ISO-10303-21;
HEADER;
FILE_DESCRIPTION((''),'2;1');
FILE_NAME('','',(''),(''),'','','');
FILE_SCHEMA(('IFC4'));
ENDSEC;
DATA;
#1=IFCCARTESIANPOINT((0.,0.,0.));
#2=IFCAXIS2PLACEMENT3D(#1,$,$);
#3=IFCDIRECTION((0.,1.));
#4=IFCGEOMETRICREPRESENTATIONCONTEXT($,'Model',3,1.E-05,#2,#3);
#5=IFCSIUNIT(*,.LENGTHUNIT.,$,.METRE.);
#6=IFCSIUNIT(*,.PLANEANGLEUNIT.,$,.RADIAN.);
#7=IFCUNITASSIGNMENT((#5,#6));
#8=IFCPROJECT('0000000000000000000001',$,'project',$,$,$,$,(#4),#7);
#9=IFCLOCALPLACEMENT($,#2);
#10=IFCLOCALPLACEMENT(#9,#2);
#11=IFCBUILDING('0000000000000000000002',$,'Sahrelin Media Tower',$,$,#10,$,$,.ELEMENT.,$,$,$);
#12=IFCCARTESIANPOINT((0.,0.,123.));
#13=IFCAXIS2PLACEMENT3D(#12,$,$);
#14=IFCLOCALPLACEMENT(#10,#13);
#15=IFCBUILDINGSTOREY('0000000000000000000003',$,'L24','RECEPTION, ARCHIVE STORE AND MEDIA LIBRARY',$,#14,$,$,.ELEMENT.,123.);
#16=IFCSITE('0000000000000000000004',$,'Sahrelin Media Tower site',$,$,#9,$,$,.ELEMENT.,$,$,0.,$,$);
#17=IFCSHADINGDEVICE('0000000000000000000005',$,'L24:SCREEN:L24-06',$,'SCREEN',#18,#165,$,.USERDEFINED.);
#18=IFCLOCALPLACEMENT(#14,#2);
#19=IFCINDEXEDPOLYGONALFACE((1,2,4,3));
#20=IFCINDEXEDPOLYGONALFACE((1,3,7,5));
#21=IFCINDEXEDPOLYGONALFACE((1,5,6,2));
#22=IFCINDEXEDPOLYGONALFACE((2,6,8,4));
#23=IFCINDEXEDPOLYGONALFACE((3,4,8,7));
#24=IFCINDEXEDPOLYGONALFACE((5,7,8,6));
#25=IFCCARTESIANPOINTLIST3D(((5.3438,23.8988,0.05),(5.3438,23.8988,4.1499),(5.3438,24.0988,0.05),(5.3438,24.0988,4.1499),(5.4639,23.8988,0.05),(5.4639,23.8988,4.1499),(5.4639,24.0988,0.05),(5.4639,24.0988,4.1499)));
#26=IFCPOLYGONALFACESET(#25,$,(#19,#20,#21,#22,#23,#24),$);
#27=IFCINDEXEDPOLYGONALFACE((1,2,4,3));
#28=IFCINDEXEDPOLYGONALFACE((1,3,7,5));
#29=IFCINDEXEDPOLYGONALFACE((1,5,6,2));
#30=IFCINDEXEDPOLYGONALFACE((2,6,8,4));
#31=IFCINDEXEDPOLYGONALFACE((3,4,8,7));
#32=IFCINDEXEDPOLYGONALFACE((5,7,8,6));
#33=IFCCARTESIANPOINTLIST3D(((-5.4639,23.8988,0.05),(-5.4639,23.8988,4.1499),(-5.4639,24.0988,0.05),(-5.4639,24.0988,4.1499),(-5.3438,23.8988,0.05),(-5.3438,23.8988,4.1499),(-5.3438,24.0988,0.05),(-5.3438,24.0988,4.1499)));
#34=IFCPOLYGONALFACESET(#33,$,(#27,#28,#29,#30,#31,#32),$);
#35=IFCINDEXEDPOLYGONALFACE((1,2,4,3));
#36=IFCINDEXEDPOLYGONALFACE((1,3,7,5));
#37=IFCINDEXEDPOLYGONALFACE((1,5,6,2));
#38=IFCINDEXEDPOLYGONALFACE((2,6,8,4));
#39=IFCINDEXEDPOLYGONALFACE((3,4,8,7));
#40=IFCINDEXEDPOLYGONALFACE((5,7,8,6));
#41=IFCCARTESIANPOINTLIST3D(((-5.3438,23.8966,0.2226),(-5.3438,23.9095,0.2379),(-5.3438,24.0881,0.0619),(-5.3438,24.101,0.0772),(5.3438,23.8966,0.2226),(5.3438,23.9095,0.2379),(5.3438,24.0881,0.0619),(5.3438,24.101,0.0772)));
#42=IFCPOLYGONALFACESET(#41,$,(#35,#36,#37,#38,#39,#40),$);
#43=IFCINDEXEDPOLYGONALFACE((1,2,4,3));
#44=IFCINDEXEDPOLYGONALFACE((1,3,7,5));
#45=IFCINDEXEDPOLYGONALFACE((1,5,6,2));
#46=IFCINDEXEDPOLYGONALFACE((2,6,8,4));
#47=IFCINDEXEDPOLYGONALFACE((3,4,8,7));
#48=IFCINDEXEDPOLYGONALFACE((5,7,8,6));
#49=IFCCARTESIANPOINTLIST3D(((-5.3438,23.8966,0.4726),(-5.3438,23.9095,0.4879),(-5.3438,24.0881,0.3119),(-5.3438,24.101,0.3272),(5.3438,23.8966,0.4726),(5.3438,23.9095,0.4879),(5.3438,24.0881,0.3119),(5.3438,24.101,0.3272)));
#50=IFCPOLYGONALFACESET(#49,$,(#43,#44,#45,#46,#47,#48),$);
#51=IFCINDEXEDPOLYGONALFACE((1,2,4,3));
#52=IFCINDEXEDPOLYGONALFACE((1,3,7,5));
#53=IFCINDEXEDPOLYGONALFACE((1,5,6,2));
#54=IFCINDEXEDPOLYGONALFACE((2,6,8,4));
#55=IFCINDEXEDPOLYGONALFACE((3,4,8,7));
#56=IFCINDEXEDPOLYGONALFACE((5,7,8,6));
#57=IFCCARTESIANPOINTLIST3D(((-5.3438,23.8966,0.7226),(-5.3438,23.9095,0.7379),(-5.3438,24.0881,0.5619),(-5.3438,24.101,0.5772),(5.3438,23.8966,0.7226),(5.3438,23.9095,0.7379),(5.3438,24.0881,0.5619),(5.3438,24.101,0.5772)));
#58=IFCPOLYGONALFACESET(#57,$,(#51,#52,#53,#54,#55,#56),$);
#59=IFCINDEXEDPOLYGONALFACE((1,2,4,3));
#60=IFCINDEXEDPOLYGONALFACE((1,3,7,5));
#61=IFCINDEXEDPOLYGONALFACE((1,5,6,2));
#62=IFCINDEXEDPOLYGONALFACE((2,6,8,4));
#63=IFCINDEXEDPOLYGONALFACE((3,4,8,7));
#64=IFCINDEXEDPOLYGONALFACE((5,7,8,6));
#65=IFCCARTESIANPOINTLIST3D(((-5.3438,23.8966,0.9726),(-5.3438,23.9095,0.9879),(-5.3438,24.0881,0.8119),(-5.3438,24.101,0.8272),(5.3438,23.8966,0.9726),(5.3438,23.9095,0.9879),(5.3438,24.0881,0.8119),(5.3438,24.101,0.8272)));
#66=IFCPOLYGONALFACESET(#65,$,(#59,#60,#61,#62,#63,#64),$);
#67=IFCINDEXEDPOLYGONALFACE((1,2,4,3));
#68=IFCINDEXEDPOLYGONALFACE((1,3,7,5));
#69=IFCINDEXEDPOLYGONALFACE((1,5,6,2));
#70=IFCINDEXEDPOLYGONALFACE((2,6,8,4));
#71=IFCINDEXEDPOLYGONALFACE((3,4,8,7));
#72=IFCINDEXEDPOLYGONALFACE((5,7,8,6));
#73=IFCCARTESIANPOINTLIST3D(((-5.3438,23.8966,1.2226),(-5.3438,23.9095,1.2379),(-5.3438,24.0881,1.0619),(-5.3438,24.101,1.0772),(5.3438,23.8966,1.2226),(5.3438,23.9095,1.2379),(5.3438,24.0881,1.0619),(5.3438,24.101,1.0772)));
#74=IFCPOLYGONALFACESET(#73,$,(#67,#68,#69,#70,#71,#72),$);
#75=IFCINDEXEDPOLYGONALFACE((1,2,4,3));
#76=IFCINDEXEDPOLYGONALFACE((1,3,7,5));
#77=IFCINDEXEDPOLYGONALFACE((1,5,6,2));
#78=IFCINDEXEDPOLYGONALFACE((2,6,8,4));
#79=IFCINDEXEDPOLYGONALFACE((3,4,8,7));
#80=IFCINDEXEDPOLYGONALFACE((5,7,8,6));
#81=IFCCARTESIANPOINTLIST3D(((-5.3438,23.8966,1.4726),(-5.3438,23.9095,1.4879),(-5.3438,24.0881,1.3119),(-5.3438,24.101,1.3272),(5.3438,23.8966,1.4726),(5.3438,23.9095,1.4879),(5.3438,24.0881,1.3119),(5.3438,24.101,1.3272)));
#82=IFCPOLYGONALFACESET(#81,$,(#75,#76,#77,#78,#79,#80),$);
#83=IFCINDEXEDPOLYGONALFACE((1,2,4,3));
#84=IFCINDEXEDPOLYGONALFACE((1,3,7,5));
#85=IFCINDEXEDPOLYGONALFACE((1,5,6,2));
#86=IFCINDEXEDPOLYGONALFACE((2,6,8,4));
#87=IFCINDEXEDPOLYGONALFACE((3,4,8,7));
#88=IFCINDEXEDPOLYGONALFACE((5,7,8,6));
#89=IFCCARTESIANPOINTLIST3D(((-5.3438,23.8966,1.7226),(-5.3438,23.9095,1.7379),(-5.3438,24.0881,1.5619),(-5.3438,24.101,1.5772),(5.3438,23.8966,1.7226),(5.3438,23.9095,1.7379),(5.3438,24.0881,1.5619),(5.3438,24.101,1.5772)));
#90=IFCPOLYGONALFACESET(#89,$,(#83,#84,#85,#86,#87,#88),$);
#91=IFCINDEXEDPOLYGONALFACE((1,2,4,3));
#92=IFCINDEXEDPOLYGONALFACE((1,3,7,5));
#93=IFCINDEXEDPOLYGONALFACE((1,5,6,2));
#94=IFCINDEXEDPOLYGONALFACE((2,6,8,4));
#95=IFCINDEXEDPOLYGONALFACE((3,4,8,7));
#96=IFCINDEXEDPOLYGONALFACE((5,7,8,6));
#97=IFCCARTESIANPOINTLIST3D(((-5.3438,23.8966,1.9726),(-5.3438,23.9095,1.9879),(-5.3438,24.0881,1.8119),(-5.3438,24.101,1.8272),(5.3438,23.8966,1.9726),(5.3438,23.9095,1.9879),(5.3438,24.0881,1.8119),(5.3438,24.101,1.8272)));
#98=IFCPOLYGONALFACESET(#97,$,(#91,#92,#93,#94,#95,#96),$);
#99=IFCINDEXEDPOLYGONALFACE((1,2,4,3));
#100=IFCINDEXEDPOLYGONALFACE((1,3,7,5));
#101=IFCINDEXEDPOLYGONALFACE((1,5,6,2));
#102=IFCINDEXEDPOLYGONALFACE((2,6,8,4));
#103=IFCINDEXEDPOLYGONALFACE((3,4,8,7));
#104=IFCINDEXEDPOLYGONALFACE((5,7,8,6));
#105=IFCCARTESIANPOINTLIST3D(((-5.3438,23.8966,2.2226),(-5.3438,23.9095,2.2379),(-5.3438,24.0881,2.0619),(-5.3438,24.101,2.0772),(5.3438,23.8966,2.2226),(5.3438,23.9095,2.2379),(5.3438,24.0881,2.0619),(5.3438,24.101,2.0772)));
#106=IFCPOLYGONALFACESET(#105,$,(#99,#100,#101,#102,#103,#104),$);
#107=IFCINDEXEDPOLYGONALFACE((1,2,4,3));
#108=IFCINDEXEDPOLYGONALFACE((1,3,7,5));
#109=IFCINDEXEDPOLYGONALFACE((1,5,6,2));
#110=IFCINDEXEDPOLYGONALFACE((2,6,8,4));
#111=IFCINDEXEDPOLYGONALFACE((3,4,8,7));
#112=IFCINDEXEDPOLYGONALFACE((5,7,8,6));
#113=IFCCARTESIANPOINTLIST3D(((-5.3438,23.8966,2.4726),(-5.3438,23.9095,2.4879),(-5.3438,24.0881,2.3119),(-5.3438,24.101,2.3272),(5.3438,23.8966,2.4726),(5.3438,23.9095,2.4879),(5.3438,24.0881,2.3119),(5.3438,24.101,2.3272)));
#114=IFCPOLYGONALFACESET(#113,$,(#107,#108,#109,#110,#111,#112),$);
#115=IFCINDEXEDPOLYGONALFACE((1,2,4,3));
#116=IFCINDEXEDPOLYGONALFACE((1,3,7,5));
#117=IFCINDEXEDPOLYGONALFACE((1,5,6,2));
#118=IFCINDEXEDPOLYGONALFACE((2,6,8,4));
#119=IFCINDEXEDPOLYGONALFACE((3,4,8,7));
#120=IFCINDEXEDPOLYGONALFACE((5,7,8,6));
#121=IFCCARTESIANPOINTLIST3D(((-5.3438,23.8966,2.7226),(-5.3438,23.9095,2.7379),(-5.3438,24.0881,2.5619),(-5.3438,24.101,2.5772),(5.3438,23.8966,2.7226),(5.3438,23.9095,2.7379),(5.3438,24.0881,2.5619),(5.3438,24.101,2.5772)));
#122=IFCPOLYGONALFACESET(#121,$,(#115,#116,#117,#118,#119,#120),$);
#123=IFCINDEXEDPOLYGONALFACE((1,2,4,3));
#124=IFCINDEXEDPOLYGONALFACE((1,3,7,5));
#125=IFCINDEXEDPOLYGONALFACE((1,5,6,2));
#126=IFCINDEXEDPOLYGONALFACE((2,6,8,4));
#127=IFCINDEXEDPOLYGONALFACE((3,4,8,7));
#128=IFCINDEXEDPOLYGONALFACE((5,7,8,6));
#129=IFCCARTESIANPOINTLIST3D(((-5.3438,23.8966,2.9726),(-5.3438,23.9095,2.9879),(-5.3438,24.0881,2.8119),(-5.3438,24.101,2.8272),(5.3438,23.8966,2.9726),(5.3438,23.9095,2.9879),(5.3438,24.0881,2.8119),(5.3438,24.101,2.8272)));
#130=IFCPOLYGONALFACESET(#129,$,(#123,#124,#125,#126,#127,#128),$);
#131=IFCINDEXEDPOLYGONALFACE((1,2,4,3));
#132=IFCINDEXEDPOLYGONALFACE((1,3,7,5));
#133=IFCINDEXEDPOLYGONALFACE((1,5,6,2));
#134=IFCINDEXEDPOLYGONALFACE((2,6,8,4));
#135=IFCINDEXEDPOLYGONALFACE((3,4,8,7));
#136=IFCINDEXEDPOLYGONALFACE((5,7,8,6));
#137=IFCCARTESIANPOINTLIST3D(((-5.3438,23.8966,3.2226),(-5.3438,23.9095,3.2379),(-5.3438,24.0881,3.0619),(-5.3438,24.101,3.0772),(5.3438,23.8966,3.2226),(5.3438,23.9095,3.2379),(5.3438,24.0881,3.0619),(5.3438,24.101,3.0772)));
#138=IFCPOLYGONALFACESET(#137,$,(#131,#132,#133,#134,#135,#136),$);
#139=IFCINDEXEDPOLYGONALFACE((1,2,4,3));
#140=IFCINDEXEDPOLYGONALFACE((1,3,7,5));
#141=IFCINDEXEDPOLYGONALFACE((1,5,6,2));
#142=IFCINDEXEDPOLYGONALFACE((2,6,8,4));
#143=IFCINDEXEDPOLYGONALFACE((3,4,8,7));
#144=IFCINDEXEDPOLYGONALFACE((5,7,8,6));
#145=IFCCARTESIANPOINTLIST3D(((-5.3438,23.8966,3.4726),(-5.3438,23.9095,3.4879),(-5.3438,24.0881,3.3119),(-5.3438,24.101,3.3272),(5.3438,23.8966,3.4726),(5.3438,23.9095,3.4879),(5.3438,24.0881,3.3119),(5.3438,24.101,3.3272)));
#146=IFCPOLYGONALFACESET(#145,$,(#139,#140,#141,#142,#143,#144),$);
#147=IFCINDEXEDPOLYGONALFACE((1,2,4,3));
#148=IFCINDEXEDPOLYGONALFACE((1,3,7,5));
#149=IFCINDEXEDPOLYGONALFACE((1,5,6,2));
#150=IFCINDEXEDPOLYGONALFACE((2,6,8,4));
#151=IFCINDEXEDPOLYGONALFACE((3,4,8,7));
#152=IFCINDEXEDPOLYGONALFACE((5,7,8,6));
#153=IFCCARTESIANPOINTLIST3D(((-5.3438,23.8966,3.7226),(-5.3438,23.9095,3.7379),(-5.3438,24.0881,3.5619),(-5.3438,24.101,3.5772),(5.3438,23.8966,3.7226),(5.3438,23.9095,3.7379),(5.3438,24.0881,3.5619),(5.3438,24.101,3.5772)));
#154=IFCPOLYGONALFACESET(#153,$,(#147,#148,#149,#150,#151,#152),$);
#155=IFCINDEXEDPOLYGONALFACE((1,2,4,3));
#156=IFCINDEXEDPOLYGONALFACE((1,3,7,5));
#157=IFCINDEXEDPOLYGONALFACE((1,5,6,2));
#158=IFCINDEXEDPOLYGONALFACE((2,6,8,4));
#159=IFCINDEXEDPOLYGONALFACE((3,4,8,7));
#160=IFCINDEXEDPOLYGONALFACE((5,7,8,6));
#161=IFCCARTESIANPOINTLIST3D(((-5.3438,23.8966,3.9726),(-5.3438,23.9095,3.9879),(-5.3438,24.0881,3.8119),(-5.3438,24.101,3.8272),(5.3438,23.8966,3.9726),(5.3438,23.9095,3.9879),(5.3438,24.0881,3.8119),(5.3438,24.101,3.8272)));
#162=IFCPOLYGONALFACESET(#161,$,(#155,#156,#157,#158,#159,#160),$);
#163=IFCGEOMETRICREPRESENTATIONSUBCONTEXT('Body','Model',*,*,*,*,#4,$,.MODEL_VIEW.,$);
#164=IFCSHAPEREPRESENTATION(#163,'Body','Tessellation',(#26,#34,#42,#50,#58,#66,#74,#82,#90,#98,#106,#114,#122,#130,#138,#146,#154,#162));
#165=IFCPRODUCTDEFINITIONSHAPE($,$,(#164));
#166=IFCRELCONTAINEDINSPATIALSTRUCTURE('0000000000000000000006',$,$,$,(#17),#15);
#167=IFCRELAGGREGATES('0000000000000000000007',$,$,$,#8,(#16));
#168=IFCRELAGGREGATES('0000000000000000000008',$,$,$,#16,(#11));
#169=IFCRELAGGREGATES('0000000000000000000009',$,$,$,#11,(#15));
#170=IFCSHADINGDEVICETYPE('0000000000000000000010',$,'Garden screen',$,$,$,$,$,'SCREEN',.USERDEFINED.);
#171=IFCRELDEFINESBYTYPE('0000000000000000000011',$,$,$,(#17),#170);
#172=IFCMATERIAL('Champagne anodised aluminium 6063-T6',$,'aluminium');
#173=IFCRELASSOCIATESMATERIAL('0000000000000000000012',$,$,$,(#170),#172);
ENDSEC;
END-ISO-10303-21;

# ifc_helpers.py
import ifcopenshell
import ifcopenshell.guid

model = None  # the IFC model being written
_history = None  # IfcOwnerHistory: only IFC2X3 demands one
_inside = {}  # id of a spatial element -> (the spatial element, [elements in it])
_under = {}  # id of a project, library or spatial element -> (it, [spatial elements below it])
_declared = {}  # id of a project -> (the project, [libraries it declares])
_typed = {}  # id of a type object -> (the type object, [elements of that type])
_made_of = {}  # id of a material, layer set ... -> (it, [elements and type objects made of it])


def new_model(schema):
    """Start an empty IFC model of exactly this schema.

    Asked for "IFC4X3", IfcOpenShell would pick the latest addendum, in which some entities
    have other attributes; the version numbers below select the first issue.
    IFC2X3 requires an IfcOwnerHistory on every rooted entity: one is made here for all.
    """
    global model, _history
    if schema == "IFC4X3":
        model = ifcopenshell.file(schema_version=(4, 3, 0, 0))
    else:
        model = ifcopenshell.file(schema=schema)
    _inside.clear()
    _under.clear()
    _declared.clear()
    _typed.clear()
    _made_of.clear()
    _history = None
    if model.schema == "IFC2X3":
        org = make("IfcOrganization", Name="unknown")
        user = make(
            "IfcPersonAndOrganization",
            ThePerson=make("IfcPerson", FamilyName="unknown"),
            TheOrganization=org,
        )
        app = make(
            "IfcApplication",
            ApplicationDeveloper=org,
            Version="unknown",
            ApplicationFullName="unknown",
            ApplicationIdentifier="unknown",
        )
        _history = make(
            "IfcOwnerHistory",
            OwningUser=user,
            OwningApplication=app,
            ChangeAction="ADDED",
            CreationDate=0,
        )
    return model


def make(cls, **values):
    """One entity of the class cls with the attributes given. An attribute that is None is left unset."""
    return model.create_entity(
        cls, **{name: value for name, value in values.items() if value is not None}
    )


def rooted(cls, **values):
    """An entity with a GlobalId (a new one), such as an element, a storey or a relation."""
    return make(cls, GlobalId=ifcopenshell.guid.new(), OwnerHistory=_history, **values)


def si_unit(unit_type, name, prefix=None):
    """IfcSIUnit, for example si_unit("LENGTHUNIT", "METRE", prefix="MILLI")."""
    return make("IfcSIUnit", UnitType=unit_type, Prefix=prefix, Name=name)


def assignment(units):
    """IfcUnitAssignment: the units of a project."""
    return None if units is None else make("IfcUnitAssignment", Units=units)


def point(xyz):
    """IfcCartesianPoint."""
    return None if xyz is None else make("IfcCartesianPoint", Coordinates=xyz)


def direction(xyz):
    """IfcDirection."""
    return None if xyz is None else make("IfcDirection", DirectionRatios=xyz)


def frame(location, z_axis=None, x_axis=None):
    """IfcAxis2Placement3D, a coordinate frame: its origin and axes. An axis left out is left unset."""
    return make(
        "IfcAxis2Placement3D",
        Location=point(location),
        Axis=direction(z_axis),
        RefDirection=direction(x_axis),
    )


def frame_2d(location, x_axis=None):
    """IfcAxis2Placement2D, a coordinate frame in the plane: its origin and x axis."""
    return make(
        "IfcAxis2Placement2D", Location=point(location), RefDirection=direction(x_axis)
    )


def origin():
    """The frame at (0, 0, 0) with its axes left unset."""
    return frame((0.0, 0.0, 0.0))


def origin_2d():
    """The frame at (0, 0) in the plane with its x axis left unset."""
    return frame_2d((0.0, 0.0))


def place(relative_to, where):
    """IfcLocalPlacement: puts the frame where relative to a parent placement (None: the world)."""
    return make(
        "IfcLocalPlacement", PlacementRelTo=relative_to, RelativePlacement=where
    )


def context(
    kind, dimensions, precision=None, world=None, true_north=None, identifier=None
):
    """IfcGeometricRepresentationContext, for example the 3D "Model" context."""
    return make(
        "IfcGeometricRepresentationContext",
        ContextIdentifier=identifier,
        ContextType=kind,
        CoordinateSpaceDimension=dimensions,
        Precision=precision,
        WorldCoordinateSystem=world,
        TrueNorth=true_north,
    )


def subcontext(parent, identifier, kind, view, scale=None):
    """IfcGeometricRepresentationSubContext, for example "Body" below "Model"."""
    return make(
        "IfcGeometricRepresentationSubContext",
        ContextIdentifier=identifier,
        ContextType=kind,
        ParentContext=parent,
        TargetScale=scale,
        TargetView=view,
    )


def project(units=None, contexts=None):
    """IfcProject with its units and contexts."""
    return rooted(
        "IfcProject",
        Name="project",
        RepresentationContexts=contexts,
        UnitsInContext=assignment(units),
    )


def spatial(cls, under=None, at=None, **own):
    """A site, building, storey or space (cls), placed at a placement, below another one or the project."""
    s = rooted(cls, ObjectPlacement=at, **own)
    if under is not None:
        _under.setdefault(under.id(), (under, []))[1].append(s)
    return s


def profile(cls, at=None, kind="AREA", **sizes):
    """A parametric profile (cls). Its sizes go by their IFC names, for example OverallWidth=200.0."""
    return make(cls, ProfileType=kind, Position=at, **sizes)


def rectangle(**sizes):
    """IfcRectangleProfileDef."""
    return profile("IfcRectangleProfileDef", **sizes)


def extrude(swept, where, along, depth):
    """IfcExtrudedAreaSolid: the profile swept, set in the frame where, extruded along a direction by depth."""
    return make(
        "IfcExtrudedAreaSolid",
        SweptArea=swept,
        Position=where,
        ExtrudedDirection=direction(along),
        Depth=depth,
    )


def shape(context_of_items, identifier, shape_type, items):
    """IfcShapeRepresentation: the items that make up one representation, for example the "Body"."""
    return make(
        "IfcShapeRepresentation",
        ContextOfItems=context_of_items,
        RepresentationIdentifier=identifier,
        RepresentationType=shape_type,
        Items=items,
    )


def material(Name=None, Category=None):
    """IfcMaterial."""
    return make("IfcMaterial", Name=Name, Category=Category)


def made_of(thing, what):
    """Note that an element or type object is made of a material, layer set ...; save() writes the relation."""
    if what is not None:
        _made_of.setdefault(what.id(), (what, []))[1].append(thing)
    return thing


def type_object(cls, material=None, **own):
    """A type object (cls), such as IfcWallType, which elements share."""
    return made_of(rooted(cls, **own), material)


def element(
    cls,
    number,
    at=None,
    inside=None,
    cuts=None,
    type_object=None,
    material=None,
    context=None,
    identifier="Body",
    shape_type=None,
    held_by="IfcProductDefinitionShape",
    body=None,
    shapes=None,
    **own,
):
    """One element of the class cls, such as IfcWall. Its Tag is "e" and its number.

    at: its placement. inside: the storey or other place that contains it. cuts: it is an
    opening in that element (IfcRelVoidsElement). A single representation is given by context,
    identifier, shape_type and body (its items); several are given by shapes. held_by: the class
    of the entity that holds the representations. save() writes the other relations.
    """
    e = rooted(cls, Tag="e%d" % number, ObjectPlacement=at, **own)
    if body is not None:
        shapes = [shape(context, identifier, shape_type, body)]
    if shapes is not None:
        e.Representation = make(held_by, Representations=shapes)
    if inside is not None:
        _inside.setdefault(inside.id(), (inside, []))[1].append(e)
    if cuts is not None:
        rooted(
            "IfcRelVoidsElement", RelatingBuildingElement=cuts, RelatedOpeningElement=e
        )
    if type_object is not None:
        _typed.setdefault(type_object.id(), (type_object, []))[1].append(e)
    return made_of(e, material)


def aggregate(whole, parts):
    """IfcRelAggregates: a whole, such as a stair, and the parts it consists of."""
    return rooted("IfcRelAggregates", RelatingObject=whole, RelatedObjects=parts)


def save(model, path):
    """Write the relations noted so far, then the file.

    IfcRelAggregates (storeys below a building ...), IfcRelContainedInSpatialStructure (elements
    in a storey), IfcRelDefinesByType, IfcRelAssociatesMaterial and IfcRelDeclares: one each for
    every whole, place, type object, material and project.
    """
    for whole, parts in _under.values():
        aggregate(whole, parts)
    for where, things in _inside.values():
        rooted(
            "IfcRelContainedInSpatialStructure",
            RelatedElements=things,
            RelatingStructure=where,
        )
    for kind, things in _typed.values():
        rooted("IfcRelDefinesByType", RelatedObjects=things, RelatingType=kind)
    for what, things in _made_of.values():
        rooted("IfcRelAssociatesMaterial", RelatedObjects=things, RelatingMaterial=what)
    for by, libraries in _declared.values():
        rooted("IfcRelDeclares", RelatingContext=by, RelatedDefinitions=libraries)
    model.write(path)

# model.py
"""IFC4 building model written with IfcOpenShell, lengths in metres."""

from ifc_helpers import new_model, si_unit, direction, frame, origin, origin_2d, place, context, subcontext, project, spatial, rectangle, extrude, material, type_object, element, save


model = new_model("IFC4")

# Units and contexts
model_context = context("Model", 3, precision=1e-05, world=origin(), true_north=direction((0.0, 1.0)))
body_context = subcontext(model_context, "Body", "Model", "MODEL_VIEW")
ifc_project = project(units=[si_unit("LENGTHUNIT", "METRE"), si_unit("PLANEANGLEUNIT", "RADIAN")], contexts=[model_context])

# Site, building, storey
site_placement = place(None, origin())
site = spatial("IfcSite", under=ifc_project, at=site_placement, Name="Sahrelin Media Tower site", CompositionType="ELEMENT", RefElevation=0.0)
building_placement = place(site_placement, origin())
building = spatial("IfcBuilding", under=site, at=building_placement, Name="Sahrelin Media Tower", CompositionType="ELEMENT")
storey_placement = place(building_placement, frame((0.0, 0.0, 123.0)))
storey = spatial("IfcBuildingStorey", under=building, at=storey_placement, Name="L24", Description="RECEPTION, ARCHIVE STORE AND MEDIA LIBRARY", CompositionType="ELEMENT", Elevation=123.0)

# Shared definitions
ifc_material_1 = material(Name="Champagne anodised aluminium 6063-T6", Category="aluminium")

# Shading device
shading_device_type = type_object("IfcShadingDeviceType", Name="Garden screen", ElementType="SCREEN", PredefinedType="USERDEFINED", material=ifc_material_1)
shading_device_1_placement = place(storey_placement, frame((0.0, 23.8987, 0.0), z_axis=(0.0, 0.0, 1.0), x_axis=(1.0, 0.0, 0.0)))
element("IfcShadingDevice", 1, at=shading_device_1_placement, inside=storey, type_object=shading_device_type, Name="L24:SCREEN:L24-06", ObjectType="SCREEN", PredefinedType="USERDEFINED", context=body_context, shape_type="SweptSolid", body=[
    extrude(rectangle(XDim=0.1201, YDim=0.2, at=origin_2d()), frame((5.4038, 0.1001, 0.05), z_axis=(0.0, 0.0, 1.0), x_axis=(1.0, 0.0, 0.0)), (0.0, 0.0, 1.0), 4.0999),
    extrude(rectangle(XDim=0.1201, YDim=0.2, at=origin_2d()), frame((-5.4038, 0.1001, 0.05), z_axis=(0.0, 0.0, 1.0), x_axis=(1.0, 0.0, 0.0)), (0.0, 0.0, 1.0), 4.0999),
    extrude(rectangle(XDim=0.25, YDim=0.02, at=origin_2d()), frame((5.3438, 0.1001, 0.1499), z_axis=(-1.0, 0.0, 0.0), x_axis=(0.0, -0.766044, 0.642788)), (0.0, 0.0, 1.0), 10.6875),
    extrude(rectangle(XDim=0.25, YDim=0.02, at=origin_2d()), frame((5.3438, 0.1001, 0.3999), z_axis=(-1.0, 0.0, 0.0), x_axis=(0.0, -0.766044, 0.642788)), (0.0, 0.0, 1.0), 10.6875),
    extrude(rectangle(XDim=0.25, YDim=0.02, at=origin_2d()), frame((5.3438, 0.1001, 0.6499), z_axis=(-1.0, 0.0, 0.0), x_axis=(0.0, -0.766044, 0.642788)), (0.0, 0.0, 1.0), 10.6875),
    extrude(rectangle(XDim=0.25, YDim=0.02, at=origin_2d()), frame((5.3438, 0.1001, 0.8999), z_axis=(-1.0, 0.0, 0.0), x_axis=(0.0, -0.766044, 0.642788)), (0.0, 0.0, 1.0), 10.6875),
    extrude(rectangle(XDim=0.25, YDim=0.02, at=origin_2d()), frame((5.3438, 0.1001, 1.1499), z_axis=(-1.0, 0.0, 0.0), x_axis=(0.0, -0.766044, 0.642788)), (0.0, 0.0, 1.0), 10.6875),
    extrude(rectangle(XDim=0.25, YDim=0.02, at=origin_2d()), frame((5.3438, 0.1001, 1.3999), z_axis=(-1.0, 0.0, 0.0), x_axis=(0.0, -0.766044, 0.642788)), (0.0, 0.0, 1.0), 10.6875),
    extrude(rectangle(XDim=0.25, YDim=0.02, at=origin_2d()), frame((5.3438, 0.1001, 1.6499), z_axis=(-1.0, 0.0, 0.0), x_axis=(0.0, -0.766044, 0.642788)), (0.0, 0.0, 1.0), 10.6875),
    extrude(rectangle(XDim=0.25, YDim=0.02, at=origin_2d()), frame((5.3438, 0.1001, 1.8999), z_axis=(-1.0, 0.0, 0.0), x_axis=(0.0, -0.766044, 0.642788)), (0.0, 0.0, 1.0), 10.6875),
    extrude(rectangle(XDim=0.25, YDim=0.02, at=origin_2d()), frame((5.3438, 0.1001, 2.1499), z_axis=(-1.0, 0.0, 0.0), x_axis=(0.0, -0.766044, 0.642788)), (0.0, 0.0, 1.0), 10.6875),
    extrude(rectangle(XDim=0.25, YDim=0.02, at=origin_2d()), frame((5.3438, 0.1001, 2.3999), z_axis=(-1.0, 0.0, 0.0), x_axis=(0.0, -0.766044, 0.642788)), (0.0, 0.0, 1.0), 10.6875),
    extrude(rectangle(XDim=0.25, YDim=0.02, at=origin_2d()), frame((5.3438, 0.1001, 2.6499), z_axis=(-1.0, 0.0, 0.0), x_axis=(0.0, -0.766044, 0.642788)), (0.0, 0.0, 1.0), 10.6875),
    extrude(rectangle(XDim=0.25, YDim=0.02, at=origin_2d()), frame((5.3438, 0.1001, 2.8999), z_axis=(-1.0, 0.0, 0.0), x_axis=(0.0, -0.766044, 0.642788)), (0.0, 0.0, 1.0), 10.6875),
    extrude(rectangle(XDim=0.25, YDim=0.02, at=origin_2d()), frame((5.3438, 0.1001, 3.1499), z_axis=(-1.0, 0.0, 0.0), x_axis=(0.0, -0.766044, 0.642788)), (0.0, 0.0, 1.0), 10.6875),
    extrude(rectangle(XDim=0.25, YDim=0.02, at=origin_2d()), frame((5.3438, 0.1001, 3.3999), z_axis=(-1.0, 0.0, 0.0), x_axis=(0.0, -0.766044, 0.642788)), (0.0, 0.0, 1.0), 10.6875),
    extrude(rectangle(XDim=0.25, YDim=0.02, at=origin_2d()), frame((5.3438, 0.1001, 3.6499), z_axis=(-1.0, 0.0, 0.0), x_axis=(0.0, -0.766044, 0.642788)), (0.0, 0.0, 1.0), 10.6875),
    extrude(rectangle(XDim=0.25, YDim=0.02, at=origin_2d()), frame((5.3438, 0.1001, 3.8999), z_axis=(-1.0, 0.0, 0.0), x_axis=(0.0, -0.766044, 0.642788)), (0.0, 0.0, 1.0), 10.6875),
])

save(model, "model.ifc")
